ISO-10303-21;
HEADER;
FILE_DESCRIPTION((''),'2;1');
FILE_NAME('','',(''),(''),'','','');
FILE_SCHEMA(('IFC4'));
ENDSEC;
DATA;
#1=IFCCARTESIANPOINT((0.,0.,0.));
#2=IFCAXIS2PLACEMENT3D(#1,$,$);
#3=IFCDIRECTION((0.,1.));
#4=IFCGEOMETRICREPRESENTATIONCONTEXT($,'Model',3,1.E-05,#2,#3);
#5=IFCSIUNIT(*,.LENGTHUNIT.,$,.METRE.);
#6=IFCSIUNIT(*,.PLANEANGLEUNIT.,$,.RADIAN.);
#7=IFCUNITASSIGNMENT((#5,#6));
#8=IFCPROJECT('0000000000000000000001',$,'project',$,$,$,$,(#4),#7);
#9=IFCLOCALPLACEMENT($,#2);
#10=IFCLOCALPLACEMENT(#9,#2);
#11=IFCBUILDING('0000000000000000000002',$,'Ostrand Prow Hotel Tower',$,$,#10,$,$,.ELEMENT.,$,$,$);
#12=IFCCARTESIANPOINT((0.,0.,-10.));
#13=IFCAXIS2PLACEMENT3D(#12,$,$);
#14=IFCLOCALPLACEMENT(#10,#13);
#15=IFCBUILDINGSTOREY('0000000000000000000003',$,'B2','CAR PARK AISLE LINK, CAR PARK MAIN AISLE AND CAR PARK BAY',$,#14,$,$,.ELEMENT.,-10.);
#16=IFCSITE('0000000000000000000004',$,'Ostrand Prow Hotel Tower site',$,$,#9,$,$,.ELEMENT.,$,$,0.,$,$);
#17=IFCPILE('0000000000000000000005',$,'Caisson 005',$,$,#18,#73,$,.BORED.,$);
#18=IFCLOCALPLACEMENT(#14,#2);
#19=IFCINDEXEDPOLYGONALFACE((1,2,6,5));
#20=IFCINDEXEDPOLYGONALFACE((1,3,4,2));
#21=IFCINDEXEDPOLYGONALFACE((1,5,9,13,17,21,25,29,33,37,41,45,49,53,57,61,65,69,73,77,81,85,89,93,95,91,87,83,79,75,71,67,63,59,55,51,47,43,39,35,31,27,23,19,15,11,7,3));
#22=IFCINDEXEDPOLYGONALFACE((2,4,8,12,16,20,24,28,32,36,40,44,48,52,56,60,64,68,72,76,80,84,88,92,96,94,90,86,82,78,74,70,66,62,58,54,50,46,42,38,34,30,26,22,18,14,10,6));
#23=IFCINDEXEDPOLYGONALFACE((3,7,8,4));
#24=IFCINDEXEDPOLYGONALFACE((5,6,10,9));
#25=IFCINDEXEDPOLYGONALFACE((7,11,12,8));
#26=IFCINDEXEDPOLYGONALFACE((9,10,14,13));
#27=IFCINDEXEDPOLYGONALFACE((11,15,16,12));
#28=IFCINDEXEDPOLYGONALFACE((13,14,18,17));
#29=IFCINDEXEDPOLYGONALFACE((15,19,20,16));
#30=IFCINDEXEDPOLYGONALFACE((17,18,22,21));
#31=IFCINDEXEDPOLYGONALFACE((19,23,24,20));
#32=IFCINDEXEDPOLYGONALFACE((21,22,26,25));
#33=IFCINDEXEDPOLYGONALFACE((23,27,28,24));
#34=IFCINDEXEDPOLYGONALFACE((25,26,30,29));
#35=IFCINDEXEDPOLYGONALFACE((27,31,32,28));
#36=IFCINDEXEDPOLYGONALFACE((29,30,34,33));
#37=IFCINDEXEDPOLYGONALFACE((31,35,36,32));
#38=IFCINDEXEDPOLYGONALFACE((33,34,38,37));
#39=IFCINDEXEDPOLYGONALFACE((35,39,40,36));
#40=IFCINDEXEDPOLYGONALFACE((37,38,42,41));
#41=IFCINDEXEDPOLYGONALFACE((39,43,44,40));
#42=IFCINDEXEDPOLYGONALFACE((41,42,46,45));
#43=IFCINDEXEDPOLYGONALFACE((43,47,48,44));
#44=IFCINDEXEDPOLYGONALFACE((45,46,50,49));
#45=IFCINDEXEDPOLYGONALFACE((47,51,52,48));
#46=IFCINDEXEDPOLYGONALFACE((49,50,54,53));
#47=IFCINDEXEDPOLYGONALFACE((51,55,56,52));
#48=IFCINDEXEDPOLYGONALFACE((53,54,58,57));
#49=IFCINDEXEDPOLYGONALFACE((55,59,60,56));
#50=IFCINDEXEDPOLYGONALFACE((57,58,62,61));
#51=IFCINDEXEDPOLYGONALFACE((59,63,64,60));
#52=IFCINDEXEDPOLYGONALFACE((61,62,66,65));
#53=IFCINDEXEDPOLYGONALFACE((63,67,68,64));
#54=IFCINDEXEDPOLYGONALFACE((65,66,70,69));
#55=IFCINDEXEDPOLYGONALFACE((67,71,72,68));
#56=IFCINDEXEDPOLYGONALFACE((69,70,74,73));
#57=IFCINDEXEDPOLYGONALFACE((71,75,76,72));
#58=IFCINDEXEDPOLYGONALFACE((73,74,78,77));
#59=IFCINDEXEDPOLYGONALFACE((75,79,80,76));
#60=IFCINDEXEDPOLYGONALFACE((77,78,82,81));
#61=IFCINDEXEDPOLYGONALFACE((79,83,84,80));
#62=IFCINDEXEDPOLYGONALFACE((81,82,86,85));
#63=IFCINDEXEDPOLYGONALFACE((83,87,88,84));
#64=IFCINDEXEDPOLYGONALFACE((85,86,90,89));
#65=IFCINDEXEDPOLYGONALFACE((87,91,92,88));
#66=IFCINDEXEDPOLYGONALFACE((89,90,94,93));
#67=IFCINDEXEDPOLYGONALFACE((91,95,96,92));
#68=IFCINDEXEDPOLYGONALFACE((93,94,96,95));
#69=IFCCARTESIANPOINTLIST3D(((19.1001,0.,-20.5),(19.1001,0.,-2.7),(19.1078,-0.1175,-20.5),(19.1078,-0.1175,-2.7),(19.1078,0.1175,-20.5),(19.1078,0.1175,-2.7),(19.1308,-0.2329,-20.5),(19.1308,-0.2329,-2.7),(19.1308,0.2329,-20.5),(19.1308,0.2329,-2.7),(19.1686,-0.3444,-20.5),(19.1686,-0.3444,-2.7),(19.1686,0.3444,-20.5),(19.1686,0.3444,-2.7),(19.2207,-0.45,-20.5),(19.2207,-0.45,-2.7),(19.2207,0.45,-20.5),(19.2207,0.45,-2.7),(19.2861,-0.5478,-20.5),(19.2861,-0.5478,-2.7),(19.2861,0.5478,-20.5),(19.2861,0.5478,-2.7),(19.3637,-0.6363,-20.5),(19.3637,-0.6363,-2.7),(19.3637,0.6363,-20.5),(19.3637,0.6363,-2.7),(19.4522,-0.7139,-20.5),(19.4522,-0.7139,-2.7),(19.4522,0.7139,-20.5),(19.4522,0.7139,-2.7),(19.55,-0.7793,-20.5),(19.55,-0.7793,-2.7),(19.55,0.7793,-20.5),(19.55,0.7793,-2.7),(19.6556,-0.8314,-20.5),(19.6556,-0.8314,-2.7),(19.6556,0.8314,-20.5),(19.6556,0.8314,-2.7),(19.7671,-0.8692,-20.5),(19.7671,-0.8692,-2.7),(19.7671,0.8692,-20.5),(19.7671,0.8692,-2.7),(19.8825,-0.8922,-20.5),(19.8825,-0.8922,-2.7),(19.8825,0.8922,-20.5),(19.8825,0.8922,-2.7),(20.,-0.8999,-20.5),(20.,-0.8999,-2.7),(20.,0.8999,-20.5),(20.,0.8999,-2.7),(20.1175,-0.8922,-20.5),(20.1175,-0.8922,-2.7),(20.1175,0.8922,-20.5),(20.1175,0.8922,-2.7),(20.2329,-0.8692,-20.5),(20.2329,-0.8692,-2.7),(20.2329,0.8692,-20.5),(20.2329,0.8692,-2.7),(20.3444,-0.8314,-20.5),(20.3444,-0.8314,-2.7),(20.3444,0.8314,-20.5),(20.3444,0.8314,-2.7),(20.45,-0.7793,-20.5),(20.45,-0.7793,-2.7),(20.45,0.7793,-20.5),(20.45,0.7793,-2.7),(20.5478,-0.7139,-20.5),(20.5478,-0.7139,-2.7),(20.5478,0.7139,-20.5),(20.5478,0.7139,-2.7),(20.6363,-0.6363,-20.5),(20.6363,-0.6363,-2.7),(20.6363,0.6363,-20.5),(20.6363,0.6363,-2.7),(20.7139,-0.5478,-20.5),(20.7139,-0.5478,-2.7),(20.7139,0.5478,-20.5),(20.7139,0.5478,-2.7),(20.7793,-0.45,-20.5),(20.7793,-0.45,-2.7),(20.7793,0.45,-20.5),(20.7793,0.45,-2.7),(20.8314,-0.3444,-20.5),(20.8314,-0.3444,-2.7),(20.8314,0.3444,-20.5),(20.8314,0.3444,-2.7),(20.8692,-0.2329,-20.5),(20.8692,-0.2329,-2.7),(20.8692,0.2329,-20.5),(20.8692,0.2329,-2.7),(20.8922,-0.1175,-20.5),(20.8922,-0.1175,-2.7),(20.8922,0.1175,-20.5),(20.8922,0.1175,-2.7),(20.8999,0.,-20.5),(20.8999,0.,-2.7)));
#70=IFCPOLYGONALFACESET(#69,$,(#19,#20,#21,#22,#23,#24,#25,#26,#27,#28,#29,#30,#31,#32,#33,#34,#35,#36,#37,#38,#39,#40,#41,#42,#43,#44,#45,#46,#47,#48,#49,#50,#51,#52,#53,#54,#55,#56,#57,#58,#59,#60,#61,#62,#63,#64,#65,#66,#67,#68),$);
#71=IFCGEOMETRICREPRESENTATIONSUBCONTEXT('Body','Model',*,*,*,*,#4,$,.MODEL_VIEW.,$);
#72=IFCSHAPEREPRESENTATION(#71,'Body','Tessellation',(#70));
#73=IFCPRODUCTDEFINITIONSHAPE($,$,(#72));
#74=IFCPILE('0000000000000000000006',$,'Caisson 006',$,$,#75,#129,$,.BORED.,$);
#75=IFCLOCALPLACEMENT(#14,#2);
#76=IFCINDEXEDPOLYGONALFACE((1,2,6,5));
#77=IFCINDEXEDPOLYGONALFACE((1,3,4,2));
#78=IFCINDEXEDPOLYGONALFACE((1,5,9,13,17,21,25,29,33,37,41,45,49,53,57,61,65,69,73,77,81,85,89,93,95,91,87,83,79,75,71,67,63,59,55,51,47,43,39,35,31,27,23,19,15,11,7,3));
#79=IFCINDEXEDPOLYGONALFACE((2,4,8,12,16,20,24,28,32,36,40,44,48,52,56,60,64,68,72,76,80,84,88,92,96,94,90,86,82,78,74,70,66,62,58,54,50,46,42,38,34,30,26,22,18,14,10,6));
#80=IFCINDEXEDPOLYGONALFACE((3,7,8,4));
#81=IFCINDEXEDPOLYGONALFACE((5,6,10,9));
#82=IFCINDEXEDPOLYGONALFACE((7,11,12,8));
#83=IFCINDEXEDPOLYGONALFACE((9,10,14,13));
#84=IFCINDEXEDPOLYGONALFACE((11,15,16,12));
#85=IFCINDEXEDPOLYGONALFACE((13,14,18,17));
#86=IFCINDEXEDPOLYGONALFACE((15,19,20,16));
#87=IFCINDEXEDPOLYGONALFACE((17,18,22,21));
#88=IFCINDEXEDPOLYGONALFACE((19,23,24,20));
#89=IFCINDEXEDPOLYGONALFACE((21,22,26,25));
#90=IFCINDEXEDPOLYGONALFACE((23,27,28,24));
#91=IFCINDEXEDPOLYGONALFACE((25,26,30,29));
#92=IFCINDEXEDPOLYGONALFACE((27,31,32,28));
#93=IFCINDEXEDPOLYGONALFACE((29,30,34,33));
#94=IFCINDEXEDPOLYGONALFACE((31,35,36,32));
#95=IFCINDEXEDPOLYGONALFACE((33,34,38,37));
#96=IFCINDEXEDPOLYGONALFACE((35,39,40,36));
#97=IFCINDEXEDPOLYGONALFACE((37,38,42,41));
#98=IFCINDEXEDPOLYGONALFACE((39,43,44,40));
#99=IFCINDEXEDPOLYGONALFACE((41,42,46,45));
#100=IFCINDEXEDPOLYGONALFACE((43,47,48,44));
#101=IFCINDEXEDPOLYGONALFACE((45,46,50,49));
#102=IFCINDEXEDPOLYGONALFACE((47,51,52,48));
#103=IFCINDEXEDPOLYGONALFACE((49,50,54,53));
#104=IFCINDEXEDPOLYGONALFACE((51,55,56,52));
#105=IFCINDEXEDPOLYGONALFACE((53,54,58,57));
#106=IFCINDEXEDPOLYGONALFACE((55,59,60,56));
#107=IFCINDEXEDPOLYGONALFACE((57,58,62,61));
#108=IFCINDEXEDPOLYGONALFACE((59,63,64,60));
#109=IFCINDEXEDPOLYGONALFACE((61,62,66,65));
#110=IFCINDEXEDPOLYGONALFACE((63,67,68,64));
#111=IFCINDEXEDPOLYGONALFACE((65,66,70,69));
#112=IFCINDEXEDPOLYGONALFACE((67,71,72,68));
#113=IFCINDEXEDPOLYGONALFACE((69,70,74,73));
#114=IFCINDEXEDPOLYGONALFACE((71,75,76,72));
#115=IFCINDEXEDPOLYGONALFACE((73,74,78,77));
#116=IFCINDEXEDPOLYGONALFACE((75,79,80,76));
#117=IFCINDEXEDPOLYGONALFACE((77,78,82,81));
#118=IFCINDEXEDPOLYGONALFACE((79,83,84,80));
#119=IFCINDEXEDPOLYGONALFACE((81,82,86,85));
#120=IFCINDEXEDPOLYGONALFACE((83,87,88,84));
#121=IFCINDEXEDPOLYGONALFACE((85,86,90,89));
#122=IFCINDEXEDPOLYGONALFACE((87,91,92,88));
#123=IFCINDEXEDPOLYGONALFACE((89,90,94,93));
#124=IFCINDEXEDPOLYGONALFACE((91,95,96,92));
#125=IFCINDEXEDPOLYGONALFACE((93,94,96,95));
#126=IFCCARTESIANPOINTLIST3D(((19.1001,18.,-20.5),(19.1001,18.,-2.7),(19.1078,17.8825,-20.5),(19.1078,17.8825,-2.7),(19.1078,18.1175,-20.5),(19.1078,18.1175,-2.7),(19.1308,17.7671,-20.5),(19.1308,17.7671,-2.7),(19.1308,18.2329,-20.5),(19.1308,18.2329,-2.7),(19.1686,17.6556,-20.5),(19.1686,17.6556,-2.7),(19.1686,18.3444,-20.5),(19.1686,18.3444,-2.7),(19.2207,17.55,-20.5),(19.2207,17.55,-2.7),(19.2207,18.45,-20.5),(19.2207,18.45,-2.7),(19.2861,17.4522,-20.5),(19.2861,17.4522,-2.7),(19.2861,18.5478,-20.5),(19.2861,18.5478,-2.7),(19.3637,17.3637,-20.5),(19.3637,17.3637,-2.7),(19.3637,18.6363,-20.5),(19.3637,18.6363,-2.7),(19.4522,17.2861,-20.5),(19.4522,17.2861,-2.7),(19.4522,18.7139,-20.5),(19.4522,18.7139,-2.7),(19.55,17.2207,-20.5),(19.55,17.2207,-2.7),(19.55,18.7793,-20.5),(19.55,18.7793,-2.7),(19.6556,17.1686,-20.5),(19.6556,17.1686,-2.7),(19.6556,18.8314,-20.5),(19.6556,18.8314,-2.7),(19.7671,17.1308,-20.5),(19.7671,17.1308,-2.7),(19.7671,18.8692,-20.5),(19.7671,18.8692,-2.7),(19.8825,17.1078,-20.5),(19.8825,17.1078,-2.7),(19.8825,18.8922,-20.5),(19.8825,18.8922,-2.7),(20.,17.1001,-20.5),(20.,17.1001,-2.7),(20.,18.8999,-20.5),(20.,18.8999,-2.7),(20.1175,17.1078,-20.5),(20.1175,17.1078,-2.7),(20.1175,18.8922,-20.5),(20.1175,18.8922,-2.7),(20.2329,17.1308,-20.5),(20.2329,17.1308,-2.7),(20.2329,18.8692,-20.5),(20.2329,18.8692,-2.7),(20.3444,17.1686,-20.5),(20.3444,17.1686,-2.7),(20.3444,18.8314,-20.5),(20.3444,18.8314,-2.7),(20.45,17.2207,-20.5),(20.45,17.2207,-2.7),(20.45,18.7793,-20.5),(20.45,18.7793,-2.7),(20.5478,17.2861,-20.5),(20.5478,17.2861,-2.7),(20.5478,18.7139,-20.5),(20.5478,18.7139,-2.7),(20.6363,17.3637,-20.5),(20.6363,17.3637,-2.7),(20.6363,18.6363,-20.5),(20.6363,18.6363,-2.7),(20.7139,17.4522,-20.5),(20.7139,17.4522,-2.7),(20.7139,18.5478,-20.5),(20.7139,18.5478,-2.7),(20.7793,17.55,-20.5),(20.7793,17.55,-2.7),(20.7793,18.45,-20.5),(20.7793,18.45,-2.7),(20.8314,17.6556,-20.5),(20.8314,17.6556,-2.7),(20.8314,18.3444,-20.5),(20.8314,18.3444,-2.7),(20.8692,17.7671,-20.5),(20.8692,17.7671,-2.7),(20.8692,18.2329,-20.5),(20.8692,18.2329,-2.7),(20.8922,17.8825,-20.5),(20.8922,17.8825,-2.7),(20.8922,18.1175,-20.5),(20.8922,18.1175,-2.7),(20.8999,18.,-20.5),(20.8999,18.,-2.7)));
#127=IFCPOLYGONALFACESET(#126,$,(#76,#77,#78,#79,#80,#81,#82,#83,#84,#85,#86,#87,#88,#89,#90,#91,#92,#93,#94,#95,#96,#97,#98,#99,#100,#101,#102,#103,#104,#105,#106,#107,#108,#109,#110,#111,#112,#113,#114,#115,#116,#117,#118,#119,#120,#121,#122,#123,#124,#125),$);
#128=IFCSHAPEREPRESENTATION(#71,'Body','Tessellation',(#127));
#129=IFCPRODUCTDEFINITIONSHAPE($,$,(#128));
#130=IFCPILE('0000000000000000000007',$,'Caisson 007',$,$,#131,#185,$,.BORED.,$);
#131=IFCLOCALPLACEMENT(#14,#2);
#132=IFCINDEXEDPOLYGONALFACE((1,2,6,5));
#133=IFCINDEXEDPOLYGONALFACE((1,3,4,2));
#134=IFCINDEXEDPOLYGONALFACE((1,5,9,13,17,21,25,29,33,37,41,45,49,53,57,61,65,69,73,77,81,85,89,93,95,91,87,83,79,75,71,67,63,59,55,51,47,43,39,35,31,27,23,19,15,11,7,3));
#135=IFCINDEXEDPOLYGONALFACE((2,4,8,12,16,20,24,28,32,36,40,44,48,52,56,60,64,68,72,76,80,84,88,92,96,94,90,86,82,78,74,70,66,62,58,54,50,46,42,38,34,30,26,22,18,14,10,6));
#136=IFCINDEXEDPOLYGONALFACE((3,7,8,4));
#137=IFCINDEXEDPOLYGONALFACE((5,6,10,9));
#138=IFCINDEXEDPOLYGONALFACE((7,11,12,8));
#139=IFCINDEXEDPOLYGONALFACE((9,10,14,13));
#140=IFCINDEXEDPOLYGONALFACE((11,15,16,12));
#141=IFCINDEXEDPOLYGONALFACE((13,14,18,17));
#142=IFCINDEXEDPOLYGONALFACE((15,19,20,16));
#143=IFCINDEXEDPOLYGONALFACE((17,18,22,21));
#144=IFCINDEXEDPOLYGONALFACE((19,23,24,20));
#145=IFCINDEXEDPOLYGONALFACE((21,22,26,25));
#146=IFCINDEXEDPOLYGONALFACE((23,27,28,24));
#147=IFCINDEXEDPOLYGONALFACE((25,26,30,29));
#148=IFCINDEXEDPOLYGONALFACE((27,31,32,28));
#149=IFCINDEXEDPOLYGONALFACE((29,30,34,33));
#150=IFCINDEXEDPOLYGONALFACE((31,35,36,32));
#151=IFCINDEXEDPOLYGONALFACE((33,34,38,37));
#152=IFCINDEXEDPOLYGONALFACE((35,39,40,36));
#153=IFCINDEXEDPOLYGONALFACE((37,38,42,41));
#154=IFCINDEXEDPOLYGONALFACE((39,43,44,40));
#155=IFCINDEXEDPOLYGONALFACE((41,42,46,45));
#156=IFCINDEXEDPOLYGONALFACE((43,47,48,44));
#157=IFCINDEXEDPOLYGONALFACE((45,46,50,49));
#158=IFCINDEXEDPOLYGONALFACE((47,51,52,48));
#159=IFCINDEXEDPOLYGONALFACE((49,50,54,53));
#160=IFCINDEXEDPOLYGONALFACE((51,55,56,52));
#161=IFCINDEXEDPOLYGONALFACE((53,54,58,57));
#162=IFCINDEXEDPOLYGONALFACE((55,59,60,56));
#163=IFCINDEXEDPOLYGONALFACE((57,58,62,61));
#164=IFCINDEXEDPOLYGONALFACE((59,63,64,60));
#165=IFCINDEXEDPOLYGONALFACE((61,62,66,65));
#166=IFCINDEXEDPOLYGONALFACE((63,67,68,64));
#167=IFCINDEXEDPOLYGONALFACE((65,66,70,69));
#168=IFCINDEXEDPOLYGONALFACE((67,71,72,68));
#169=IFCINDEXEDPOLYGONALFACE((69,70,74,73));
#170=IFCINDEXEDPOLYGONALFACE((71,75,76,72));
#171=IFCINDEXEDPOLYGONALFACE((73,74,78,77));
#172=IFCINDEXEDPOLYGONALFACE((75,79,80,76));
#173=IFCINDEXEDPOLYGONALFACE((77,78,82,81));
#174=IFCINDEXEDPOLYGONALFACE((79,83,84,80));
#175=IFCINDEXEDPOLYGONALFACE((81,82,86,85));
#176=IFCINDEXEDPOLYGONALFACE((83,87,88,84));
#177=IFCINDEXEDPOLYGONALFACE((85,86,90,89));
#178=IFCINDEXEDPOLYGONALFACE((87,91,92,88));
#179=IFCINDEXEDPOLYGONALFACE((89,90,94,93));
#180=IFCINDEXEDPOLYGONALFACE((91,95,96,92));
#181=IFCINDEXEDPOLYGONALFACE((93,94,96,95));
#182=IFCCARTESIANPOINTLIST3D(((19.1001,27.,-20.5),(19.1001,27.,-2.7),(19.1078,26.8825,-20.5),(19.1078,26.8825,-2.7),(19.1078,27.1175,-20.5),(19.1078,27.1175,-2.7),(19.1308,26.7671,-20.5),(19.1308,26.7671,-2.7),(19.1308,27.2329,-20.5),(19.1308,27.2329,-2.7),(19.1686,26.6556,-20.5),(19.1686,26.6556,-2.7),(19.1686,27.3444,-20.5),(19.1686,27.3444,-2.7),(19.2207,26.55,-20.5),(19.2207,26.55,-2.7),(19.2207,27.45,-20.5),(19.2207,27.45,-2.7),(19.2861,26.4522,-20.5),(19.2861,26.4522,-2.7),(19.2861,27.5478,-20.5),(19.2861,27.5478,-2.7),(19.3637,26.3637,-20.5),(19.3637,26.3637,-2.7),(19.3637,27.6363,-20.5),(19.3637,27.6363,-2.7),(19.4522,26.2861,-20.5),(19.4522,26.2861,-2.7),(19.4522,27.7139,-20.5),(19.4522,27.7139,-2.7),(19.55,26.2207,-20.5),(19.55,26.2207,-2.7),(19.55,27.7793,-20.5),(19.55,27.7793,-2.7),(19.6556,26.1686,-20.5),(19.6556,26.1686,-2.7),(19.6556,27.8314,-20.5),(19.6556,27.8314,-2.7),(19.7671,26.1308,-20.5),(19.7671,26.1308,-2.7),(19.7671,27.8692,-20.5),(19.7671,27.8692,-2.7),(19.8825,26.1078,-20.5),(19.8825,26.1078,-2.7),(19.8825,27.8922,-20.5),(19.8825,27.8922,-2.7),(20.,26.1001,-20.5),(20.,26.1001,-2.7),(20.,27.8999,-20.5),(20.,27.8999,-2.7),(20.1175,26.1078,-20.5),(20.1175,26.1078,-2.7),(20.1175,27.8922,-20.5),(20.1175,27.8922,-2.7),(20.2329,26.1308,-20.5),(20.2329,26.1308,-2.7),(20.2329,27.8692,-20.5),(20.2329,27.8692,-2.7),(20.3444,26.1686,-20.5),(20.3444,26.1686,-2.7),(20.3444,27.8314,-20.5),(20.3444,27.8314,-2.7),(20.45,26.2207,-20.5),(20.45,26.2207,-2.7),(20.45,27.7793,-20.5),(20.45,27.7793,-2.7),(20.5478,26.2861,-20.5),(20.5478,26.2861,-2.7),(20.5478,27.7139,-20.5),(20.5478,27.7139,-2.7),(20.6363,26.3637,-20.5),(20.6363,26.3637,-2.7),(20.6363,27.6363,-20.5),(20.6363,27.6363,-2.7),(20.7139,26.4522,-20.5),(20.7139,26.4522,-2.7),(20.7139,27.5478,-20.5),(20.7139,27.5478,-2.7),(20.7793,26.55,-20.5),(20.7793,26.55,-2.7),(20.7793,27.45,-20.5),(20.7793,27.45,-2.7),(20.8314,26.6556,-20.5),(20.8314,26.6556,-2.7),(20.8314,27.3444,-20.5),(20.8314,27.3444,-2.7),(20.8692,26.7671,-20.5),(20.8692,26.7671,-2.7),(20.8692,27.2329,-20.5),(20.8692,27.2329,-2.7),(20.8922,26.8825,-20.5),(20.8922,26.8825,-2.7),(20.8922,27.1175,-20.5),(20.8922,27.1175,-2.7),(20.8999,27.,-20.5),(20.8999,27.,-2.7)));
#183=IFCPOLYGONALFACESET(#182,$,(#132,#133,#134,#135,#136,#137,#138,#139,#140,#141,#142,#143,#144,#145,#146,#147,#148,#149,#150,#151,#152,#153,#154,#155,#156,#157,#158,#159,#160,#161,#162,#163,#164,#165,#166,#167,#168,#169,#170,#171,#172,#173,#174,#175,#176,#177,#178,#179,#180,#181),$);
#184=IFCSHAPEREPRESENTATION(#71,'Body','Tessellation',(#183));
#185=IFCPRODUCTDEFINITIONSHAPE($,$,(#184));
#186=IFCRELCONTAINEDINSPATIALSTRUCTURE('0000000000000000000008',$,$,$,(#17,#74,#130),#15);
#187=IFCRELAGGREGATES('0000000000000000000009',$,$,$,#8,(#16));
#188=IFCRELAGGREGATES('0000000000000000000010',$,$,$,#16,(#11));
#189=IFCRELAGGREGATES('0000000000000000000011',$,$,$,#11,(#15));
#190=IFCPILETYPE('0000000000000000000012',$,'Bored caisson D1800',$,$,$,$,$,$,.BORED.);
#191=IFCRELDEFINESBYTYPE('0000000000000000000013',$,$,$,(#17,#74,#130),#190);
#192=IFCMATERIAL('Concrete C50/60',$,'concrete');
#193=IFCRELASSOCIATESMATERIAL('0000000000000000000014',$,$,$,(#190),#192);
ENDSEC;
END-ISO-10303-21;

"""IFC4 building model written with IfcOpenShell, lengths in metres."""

from ifc_helpers import new_model, si_unit, direction, frame, origin, origin_2d, place, context, subcontext, project, spatial, circle, extrude, material, type_object, element, save


model = new_model("IFC4")

# Units and contexts
model_context = context("Model", 3, precision=1e-05, world=origin(), true_north=direction((0.0, 1.0)))
body_context = subcontext(model_context, "Body", "Model", "MODEL_VIEW")
ifc_project = project(units=[si_unit("LENGTHUNIT", "METRE"), si_unit("PLANEANGLEUNIT", "RADIAN")], contexts=[model_context])

# Site, building, storey
site_placement = place(None, origin())
site = spatial("IfcSite", under=ifc_project, at=site_placement, Name="Ostrand Prow Hotel Tower site", CompositionType="ELEMENT", RefElevation=0.0)
building_placement = place(site_placement, origin())
building = spatial("IfcBuilding", under=site, at=building_placement, Name="Ostrand Prow Hotel Tower", CompositionType="ELEMENT")
storey_placement = place(building_placement, frame((0.0, 0.0, -10.0)))
storey = spatial("IfcBuildingStorey", under=building, at=storey_placement, Name="B2", Description="CAR PARK AISLE LINK, CAR PARK MAIN AISLE AND CAR PARK BAY", CompositionType="ELEMENT", Elevation=-10.0)

# Piles
ifc_material_1 = material(Name="Concrete C50/60", Category="concrete")
pile_type = type_object("IfcPileType", Name="Bored caisson D1800", PredefinedType="BORED", material=ifc_material_1)
for number, where, z_axis, x_axis, name in (
    (1, (20.0, 0.0, -2.7), (0.0, 0.0, -1.0), (1.0, 0.0, 0.0), "Caisson 005"),
    (2, (20.0, 18.0, -2.7), (0.0, 0.0, -1.0), (1.0, 0.0, 0.0), "Caisson 006"),
    (3, (20.0, 27.0, -2.7), (0.0, 0.0, -1.0), (1.0, 0.0, 0.0), "Caisson 007"),
):
    element("IfcPile", number, at=place(storey_placement, frame(where, z_axis=z_axis, x_axis=x_axis)), inside=storey, type_object=pile_type, Name=name, PredefinedType="BORED", context=body_context, shape_type="SweptSolid", body=[
        extrude(circle(Radius=0.8999, at=origin_2d()), origin(), (0.0, 0.0, 1.0), 17.8),
    ])

save(model, "model.ifc")
